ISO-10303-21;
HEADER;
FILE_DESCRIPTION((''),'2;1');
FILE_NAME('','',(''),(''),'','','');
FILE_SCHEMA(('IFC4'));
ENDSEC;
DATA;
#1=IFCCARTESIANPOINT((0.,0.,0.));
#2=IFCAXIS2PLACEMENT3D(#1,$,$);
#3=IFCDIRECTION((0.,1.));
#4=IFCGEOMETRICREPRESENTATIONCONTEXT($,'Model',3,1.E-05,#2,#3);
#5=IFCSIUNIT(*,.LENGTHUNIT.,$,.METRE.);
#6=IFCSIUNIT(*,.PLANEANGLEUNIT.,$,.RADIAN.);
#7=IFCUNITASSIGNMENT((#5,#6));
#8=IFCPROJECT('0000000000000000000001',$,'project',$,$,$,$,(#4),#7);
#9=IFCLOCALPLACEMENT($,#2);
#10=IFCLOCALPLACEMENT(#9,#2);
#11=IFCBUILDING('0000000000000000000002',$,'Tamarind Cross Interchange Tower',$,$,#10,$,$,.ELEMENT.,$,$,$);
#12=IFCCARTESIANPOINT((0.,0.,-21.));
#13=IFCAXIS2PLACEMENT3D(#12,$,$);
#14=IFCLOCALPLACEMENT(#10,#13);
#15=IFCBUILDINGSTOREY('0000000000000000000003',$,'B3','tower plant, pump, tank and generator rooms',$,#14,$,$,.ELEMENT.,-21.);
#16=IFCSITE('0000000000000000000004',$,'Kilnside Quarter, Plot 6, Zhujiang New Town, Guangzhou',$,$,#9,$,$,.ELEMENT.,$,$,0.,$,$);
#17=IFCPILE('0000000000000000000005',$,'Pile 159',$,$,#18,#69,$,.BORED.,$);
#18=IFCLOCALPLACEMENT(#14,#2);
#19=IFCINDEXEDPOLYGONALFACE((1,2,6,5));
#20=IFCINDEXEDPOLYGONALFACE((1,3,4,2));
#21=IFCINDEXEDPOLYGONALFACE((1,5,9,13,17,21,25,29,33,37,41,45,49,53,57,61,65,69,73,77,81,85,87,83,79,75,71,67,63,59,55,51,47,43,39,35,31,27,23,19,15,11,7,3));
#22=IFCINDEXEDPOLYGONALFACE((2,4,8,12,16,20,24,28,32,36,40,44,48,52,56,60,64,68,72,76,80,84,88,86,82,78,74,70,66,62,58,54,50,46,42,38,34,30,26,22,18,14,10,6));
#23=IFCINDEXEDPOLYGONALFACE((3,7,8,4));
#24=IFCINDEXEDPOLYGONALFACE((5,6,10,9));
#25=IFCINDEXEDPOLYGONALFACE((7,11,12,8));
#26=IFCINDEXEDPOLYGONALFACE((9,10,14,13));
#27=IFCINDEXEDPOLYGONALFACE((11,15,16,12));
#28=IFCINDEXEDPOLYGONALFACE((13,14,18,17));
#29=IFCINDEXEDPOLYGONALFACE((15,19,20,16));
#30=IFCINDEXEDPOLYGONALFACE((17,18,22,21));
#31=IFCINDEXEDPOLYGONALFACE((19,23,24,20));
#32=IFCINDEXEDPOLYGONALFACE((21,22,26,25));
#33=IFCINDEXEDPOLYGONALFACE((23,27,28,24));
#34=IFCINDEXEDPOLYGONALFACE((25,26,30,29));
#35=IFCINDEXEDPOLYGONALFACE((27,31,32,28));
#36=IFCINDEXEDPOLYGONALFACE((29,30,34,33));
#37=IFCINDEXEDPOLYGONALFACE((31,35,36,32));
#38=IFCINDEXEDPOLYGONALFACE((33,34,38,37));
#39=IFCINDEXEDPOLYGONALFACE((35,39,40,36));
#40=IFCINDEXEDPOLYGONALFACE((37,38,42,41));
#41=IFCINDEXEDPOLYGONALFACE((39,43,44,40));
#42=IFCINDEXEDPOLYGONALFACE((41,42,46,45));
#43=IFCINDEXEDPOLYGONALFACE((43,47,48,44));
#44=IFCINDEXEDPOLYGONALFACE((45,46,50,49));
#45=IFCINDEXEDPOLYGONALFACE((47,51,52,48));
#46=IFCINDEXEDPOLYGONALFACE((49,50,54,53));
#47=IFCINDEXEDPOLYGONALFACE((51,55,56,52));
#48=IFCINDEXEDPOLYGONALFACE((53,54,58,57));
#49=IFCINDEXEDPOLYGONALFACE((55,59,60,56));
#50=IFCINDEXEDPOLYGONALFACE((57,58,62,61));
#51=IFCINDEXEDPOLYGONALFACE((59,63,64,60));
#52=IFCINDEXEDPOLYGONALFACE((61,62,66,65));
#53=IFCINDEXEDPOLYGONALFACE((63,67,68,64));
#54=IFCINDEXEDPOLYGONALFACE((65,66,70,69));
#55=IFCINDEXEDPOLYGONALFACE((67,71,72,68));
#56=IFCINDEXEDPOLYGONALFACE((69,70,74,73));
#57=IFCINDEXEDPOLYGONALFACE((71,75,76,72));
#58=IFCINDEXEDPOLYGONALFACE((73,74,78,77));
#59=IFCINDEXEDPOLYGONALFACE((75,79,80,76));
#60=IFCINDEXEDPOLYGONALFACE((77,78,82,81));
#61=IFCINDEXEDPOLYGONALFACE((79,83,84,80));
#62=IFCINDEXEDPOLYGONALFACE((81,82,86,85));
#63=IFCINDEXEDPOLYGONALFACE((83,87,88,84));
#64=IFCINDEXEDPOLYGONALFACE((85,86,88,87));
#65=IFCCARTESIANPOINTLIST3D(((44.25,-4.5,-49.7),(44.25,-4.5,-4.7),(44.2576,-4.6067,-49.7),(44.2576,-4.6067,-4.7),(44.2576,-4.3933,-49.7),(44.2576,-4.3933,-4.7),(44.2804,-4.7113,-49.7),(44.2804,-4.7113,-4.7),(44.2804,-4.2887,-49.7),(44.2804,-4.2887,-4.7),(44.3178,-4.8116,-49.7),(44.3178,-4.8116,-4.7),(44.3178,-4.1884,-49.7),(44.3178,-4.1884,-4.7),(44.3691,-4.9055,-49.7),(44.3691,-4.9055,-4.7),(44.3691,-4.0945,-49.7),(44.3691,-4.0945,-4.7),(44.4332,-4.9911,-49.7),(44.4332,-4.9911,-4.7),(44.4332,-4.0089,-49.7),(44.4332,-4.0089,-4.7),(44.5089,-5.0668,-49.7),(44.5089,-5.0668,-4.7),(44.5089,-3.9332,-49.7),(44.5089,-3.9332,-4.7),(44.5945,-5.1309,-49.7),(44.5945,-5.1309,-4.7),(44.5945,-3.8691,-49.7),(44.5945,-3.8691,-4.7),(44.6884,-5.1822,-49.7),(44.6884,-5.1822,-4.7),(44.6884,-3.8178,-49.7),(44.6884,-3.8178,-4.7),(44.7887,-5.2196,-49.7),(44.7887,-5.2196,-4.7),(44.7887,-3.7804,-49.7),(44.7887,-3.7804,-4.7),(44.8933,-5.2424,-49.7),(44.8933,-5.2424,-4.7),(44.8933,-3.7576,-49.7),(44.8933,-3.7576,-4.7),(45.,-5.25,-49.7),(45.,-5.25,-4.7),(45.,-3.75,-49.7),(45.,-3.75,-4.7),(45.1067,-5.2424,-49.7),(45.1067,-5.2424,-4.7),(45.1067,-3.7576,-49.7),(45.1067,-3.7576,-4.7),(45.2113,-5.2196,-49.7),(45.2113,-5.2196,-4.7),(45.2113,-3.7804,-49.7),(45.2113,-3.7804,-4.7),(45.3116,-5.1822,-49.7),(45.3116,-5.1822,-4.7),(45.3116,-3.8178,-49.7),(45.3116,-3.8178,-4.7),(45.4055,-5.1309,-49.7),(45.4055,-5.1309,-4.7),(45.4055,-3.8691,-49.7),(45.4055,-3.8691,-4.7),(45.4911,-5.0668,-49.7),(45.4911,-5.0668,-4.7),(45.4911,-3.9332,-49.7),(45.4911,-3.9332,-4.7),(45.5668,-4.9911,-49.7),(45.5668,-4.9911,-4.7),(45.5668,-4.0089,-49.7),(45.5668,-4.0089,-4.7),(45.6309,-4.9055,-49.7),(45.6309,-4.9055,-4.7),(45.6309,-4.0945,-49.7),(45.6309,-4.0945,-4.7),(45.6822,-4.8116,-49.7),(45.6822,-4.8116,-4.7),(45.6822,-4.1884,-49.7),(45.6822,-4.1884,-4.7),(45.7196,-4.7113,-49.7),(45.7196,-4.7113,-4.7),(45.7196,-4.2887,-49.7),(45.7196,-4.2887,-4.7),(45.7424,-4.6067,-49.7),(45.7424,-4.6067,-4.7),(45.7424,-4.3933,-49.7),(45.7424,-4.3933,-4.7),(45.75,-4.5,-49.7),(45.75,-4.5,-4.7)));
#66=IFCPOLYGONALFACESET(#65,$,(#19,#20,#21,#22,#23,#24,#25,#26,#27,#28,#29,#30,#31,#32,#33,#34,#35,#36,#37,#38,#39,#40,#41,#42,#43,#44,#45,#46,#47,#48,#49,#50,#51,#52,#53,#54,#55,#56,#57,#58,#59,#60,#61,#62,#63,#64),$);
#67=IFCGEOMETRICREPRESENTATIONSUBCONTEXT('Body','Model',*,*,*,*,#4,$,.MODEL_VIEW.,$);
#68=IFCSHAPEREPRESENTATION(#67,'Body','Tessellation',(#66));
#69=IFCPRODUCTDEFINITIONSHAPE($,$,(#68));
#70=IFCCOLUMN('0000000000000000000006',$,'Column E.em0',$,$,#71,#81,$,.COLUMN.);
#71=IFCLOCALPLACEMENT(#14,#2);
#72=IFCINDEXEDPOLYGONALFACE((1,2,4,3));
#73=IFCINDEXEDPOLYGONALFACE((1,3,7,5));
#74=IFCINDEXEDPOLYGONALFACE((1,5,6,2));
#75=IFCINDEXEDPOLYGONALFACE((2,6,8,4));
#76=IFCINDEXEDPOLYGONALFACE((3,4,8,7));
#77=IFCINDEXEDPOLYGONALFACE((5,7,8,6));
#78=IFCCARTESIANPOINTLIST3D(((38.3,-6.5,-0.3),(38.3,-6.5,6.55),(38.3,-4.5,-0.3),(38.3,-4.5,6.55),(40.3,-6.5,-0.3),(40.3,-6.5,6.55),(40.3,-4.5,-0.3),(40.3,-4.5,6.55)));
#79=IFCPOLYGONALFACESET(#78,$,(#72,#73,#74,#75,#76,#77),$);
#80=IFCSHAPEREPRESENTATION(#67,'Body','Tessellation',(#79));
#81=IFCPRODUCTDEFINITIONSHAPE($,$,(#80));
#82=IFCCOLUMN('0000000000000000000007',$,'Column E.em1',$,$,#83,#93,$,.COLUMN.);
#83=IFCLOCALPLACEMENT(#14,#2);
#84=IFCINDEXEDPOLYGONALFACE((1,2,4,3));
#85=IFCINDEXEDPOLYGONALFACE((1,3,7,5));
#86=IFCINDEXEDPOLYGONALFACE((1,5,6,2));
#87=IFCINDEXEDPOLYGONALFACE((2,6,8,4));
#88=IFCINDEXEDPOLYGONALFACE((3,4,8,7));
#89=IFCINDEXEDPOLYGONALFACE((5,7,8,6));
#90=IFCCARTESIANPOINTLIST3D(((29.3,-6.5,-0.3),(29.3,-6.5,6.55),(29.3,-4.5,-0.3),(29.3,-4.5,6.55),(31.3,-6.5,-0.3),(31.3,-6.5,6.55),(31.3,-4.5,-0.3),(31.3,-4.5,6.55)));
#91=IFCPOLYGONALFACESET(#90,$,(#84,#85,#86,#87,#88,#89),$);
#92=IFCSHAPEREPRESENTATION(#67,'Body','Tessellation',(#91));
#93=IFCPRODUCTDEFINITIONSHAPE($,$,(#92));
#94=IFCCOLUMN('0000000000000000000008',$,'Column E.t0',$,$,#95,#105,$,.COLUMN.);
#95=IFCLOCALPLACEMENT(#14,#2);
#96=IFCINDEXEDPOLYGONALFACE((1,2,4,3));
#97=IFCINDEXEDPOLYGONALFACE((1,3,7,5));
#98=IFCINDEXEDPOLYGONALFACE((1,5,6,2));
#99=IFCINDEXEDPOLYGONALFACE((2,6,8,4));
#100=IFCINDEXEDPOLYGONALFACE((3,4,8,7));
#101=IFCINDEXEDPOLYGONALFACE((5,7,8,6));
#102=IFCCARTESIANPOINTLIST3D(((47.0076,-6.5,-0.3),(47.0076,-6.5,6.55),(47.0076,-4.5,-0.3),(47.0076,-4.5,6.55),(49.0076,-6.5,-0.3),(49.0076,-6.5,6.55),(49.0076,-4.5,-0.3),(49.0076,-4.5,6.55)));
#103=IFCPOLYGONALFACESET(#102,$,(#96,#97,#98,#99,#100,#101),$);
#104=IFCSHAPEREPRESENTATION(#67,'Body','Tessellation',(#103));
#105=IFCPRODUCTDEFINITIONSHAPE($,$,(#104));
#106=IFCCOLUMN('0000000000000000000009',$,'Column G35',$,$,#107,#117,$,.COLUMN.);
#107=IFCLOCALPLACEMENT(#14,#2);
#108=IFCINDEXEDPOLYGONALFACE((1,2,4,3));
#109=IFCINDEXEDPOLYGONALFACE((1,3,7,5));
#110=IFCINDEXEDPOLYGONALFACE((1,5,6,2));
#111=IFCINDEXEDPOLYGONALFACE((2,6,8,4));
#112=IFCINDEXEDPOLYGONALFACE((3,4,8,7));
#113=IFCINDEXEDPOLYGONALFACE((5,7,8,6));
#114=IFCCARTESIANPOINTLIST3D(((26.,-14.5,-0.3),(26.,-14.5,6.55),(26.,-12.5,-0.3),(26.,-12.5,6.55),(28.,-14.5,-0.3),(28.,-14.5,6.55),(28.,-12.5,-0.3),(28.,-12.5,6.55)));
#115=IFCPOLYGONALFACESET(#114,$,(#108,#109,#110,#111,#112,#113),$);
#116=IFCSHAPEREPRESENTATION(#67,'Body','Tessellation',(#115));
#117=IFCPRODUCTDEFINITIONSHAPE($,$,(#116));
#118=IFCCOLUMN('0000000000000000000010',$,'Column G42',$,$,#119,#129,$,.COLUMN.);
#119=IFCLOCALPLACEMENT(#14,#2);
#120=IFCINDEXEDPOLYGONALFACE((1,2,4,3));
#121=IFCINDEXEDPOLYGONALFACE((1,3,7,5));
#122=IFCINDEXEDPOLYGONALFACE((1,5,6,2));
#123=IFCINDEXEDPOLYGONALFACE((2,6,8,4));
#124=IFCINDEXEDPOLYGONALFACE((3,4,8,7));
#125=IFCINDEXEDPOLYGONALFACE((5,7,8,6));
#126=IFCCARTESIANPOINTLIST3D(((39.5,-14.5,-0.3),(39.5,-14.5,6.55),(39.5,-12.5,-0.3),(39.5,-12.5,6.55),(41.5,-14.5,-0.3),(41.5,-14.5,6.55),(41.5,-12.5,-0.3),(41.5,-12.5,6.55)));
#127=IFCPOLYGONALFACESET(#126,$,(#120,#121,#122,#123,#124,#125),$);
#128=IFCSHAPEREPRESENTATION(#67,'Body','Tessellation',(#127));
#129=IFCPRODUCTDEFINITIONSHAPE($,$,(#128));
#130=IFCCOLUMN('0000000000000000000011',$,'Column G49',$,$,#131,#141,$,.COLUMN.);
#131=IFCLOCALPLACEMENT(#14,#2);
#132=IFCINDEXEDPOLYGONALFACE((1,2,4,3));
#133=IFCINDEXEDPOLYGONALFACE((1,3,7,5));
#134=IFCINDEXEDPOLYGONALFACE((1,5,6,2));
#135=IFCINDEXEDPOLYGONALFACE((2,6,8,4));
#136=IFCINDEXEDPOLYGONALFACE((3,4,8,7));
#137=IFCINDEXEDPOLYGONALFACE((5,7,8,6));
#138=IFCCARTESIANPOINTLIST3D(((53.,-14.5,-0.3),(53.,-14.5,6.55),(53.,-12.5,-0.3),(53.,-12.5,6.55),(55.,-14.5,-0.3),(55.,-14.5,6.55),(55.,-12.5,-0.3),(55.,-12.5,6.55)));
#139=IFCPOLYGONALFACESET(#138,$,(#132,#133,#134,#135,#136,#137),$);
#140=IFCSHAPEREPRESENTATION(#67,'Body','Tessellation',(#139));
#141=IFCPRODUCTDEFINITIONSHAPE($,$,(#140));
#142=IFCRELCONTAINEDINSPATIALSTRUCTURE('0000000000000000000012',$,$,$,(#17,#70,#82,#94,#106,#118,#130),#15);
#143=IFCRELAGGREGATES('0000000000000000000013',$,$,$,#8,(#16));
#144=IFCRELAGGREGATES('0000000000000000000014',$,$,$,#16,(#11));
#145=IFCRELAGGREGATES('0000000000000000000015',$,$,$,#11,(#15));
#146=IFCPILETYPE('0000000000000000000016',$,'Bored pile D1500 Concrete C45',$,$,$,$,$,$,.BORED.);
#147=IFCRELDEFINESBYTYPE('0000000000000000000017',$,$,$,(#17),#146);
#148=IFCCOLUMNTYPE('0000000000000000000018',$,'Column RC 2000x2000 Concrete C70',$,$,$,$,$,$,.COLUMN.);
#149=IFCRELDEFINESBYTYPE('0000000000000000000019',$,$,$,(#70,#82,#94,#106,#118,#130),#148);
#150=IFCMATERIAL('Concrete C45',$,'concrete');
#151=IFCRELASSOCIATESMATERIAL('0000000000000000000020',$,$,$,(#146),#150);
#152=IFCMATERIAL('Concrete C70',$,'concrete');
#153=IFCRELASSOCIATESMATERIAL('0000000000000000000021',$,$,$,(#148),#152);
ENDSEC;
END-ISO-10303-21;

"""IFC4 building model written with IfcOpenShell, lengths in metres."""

from ifc_helpers import new_model, si_unit, direction, frame, origin, origin_2d, place, context, subcontext, project, spatial, rectangle, circle, extrude, material, material_profile, profile_set, type_object, element, save


model = new_model("IFC4")

# Units and contexts
model_context = context("Model", 3, precision=1e-05, world=origin(), true_north=direction((0.0, 1.0)))
body_context = subcontext(model_context, "Body", "Model", "MODEL_VIEW")
ifc_project = project(units=[si_unit("LENGTHUNIT", "METRE"), si_unit("PLANEANGLEUNIT", "RADIAN")], contexts=[model_context])

# Site, building, storey
site_placement = place(None, origin())
site = spatial("IfcSite", under=ifc_project, at=site_placement, Name="Kilnside Quarter, Plot 6, Zhujiang New Town, Guangzhou", CompositionType="ELEMENT", RefElevation=0.0)
building_placement = place(site_placement, origin())
building = spatial("IfcBuilding", under=site, at=building_placement, Name="Tamarind Cross Interchange Tower", CompositionType="ELEMENT")
storey_placement = place(building_placement, frame((0.0, 0.0, -21.0)))
storey = spatial("IfcBuildingStorey", under=building, at=storey_placement, Name="B3", Description="tower plant, pump, tank and generator rooms", CompositionType="ELEMENT", Elevation=-21.0)

# Pile
ifc_material_1 = material(Name="Concrete C45", Category="concrete")
ifc_material_profile_1 = material_profile(ifc_material_1, circle(Radius=0.75, at=origin_2d()), Name="RC D1500")
ifc_profile_set_1 = profile_set([ifc_material_profile_1], Name="Concrete C45")
pile_type = type_object("IfcPileType", Name="Bored pile D1500 Concrete C45", PredefinedType="BORED", material=ifc_profile_set_1)
for number, where, z_axis, x_axis, name in (
    (1, (45.0, -4.5, -4.7), (0.0, 0.0, -1.0), (1.0, 0.0, 0.0), "Pile 159"),
):
    element("IfcPile", number, at=place(storey_placement, frame(where, z_axis=z_axis, x_axis=x_axis)), inside=storey, type_object=pile_type, Name=name, PredefinedType="BORED", context=body_context, shape_type="SweptSolid", body=[
        extrude(circle(Radius=0.75, at=origin_2d()), origin(), (0.0, 0.0, 1.0), 45.0),
    ])

# Columns
ifc_material_2 = material(Name="Concrete C70", Category="concrete")
ifc_material_profile_2 = material_profile(ifc_material_2, rectangle(XDim=2.0, YDim=2.0, at=origin_2d()), Name="RC 2000x2000")
ifc_profile_set_2 = profile_set([ifc_material_profile_2], Name="Concrete C70")
column_type = type_object("IfcColumnType", Name="Column RC 2000x2000 Concrete C70", PredefinedType="COLUMN", material=ifc_profile_set_2)
for number, where, z_axis, x_axis, name in (
    (2, (39.3, -5.5, -0.3), (0.0, 0.0, 1.0), (1.0, 0.0, 0.0), "Column E.em0"),
    (3, (30.3, -5.5, -0.3), (0.0, 0.0, 1.0), (1.0, 0.0, 0.0), "Column E.em1"),
    (4, (48.0076, -5.5, -0.3), (0.0, 0.0, 1.0), (1.0, 0.0, 0.0), "Column E.t0"),
    (5, (27.0, -13.5, -0.3), (0.0, 0.0, 1.0), (1.0, 0.0, 0.0), "Column G35"),
    (6, (40.5, -13.5, -0.3), (0.0, 0.0, 1.0), (1.0, 0.0, 0.0), "Column G42"),
    (7, (54.0, -13.5, -0.3), (0.0, 0.0, 1.0), (1.0, 0.0, 0.0), "Column G49"),
):
    element("IfcColumn", number, at=place(storey_placement, frame(where, z_axis=z_axis, x_axis=x_axis)), inside=storey, type_object=column_type, Name=name, PredefinedType="COLUMN", context=body_context, shape_type="SweptSolid", body=[
        extrude(rectangle(XDim=2.0, YDim=2.0, at=origin_2d()), origin(), (0.0, 0.0, 1.0), 6.8501),
    ])

save(model, "model.ifc")
